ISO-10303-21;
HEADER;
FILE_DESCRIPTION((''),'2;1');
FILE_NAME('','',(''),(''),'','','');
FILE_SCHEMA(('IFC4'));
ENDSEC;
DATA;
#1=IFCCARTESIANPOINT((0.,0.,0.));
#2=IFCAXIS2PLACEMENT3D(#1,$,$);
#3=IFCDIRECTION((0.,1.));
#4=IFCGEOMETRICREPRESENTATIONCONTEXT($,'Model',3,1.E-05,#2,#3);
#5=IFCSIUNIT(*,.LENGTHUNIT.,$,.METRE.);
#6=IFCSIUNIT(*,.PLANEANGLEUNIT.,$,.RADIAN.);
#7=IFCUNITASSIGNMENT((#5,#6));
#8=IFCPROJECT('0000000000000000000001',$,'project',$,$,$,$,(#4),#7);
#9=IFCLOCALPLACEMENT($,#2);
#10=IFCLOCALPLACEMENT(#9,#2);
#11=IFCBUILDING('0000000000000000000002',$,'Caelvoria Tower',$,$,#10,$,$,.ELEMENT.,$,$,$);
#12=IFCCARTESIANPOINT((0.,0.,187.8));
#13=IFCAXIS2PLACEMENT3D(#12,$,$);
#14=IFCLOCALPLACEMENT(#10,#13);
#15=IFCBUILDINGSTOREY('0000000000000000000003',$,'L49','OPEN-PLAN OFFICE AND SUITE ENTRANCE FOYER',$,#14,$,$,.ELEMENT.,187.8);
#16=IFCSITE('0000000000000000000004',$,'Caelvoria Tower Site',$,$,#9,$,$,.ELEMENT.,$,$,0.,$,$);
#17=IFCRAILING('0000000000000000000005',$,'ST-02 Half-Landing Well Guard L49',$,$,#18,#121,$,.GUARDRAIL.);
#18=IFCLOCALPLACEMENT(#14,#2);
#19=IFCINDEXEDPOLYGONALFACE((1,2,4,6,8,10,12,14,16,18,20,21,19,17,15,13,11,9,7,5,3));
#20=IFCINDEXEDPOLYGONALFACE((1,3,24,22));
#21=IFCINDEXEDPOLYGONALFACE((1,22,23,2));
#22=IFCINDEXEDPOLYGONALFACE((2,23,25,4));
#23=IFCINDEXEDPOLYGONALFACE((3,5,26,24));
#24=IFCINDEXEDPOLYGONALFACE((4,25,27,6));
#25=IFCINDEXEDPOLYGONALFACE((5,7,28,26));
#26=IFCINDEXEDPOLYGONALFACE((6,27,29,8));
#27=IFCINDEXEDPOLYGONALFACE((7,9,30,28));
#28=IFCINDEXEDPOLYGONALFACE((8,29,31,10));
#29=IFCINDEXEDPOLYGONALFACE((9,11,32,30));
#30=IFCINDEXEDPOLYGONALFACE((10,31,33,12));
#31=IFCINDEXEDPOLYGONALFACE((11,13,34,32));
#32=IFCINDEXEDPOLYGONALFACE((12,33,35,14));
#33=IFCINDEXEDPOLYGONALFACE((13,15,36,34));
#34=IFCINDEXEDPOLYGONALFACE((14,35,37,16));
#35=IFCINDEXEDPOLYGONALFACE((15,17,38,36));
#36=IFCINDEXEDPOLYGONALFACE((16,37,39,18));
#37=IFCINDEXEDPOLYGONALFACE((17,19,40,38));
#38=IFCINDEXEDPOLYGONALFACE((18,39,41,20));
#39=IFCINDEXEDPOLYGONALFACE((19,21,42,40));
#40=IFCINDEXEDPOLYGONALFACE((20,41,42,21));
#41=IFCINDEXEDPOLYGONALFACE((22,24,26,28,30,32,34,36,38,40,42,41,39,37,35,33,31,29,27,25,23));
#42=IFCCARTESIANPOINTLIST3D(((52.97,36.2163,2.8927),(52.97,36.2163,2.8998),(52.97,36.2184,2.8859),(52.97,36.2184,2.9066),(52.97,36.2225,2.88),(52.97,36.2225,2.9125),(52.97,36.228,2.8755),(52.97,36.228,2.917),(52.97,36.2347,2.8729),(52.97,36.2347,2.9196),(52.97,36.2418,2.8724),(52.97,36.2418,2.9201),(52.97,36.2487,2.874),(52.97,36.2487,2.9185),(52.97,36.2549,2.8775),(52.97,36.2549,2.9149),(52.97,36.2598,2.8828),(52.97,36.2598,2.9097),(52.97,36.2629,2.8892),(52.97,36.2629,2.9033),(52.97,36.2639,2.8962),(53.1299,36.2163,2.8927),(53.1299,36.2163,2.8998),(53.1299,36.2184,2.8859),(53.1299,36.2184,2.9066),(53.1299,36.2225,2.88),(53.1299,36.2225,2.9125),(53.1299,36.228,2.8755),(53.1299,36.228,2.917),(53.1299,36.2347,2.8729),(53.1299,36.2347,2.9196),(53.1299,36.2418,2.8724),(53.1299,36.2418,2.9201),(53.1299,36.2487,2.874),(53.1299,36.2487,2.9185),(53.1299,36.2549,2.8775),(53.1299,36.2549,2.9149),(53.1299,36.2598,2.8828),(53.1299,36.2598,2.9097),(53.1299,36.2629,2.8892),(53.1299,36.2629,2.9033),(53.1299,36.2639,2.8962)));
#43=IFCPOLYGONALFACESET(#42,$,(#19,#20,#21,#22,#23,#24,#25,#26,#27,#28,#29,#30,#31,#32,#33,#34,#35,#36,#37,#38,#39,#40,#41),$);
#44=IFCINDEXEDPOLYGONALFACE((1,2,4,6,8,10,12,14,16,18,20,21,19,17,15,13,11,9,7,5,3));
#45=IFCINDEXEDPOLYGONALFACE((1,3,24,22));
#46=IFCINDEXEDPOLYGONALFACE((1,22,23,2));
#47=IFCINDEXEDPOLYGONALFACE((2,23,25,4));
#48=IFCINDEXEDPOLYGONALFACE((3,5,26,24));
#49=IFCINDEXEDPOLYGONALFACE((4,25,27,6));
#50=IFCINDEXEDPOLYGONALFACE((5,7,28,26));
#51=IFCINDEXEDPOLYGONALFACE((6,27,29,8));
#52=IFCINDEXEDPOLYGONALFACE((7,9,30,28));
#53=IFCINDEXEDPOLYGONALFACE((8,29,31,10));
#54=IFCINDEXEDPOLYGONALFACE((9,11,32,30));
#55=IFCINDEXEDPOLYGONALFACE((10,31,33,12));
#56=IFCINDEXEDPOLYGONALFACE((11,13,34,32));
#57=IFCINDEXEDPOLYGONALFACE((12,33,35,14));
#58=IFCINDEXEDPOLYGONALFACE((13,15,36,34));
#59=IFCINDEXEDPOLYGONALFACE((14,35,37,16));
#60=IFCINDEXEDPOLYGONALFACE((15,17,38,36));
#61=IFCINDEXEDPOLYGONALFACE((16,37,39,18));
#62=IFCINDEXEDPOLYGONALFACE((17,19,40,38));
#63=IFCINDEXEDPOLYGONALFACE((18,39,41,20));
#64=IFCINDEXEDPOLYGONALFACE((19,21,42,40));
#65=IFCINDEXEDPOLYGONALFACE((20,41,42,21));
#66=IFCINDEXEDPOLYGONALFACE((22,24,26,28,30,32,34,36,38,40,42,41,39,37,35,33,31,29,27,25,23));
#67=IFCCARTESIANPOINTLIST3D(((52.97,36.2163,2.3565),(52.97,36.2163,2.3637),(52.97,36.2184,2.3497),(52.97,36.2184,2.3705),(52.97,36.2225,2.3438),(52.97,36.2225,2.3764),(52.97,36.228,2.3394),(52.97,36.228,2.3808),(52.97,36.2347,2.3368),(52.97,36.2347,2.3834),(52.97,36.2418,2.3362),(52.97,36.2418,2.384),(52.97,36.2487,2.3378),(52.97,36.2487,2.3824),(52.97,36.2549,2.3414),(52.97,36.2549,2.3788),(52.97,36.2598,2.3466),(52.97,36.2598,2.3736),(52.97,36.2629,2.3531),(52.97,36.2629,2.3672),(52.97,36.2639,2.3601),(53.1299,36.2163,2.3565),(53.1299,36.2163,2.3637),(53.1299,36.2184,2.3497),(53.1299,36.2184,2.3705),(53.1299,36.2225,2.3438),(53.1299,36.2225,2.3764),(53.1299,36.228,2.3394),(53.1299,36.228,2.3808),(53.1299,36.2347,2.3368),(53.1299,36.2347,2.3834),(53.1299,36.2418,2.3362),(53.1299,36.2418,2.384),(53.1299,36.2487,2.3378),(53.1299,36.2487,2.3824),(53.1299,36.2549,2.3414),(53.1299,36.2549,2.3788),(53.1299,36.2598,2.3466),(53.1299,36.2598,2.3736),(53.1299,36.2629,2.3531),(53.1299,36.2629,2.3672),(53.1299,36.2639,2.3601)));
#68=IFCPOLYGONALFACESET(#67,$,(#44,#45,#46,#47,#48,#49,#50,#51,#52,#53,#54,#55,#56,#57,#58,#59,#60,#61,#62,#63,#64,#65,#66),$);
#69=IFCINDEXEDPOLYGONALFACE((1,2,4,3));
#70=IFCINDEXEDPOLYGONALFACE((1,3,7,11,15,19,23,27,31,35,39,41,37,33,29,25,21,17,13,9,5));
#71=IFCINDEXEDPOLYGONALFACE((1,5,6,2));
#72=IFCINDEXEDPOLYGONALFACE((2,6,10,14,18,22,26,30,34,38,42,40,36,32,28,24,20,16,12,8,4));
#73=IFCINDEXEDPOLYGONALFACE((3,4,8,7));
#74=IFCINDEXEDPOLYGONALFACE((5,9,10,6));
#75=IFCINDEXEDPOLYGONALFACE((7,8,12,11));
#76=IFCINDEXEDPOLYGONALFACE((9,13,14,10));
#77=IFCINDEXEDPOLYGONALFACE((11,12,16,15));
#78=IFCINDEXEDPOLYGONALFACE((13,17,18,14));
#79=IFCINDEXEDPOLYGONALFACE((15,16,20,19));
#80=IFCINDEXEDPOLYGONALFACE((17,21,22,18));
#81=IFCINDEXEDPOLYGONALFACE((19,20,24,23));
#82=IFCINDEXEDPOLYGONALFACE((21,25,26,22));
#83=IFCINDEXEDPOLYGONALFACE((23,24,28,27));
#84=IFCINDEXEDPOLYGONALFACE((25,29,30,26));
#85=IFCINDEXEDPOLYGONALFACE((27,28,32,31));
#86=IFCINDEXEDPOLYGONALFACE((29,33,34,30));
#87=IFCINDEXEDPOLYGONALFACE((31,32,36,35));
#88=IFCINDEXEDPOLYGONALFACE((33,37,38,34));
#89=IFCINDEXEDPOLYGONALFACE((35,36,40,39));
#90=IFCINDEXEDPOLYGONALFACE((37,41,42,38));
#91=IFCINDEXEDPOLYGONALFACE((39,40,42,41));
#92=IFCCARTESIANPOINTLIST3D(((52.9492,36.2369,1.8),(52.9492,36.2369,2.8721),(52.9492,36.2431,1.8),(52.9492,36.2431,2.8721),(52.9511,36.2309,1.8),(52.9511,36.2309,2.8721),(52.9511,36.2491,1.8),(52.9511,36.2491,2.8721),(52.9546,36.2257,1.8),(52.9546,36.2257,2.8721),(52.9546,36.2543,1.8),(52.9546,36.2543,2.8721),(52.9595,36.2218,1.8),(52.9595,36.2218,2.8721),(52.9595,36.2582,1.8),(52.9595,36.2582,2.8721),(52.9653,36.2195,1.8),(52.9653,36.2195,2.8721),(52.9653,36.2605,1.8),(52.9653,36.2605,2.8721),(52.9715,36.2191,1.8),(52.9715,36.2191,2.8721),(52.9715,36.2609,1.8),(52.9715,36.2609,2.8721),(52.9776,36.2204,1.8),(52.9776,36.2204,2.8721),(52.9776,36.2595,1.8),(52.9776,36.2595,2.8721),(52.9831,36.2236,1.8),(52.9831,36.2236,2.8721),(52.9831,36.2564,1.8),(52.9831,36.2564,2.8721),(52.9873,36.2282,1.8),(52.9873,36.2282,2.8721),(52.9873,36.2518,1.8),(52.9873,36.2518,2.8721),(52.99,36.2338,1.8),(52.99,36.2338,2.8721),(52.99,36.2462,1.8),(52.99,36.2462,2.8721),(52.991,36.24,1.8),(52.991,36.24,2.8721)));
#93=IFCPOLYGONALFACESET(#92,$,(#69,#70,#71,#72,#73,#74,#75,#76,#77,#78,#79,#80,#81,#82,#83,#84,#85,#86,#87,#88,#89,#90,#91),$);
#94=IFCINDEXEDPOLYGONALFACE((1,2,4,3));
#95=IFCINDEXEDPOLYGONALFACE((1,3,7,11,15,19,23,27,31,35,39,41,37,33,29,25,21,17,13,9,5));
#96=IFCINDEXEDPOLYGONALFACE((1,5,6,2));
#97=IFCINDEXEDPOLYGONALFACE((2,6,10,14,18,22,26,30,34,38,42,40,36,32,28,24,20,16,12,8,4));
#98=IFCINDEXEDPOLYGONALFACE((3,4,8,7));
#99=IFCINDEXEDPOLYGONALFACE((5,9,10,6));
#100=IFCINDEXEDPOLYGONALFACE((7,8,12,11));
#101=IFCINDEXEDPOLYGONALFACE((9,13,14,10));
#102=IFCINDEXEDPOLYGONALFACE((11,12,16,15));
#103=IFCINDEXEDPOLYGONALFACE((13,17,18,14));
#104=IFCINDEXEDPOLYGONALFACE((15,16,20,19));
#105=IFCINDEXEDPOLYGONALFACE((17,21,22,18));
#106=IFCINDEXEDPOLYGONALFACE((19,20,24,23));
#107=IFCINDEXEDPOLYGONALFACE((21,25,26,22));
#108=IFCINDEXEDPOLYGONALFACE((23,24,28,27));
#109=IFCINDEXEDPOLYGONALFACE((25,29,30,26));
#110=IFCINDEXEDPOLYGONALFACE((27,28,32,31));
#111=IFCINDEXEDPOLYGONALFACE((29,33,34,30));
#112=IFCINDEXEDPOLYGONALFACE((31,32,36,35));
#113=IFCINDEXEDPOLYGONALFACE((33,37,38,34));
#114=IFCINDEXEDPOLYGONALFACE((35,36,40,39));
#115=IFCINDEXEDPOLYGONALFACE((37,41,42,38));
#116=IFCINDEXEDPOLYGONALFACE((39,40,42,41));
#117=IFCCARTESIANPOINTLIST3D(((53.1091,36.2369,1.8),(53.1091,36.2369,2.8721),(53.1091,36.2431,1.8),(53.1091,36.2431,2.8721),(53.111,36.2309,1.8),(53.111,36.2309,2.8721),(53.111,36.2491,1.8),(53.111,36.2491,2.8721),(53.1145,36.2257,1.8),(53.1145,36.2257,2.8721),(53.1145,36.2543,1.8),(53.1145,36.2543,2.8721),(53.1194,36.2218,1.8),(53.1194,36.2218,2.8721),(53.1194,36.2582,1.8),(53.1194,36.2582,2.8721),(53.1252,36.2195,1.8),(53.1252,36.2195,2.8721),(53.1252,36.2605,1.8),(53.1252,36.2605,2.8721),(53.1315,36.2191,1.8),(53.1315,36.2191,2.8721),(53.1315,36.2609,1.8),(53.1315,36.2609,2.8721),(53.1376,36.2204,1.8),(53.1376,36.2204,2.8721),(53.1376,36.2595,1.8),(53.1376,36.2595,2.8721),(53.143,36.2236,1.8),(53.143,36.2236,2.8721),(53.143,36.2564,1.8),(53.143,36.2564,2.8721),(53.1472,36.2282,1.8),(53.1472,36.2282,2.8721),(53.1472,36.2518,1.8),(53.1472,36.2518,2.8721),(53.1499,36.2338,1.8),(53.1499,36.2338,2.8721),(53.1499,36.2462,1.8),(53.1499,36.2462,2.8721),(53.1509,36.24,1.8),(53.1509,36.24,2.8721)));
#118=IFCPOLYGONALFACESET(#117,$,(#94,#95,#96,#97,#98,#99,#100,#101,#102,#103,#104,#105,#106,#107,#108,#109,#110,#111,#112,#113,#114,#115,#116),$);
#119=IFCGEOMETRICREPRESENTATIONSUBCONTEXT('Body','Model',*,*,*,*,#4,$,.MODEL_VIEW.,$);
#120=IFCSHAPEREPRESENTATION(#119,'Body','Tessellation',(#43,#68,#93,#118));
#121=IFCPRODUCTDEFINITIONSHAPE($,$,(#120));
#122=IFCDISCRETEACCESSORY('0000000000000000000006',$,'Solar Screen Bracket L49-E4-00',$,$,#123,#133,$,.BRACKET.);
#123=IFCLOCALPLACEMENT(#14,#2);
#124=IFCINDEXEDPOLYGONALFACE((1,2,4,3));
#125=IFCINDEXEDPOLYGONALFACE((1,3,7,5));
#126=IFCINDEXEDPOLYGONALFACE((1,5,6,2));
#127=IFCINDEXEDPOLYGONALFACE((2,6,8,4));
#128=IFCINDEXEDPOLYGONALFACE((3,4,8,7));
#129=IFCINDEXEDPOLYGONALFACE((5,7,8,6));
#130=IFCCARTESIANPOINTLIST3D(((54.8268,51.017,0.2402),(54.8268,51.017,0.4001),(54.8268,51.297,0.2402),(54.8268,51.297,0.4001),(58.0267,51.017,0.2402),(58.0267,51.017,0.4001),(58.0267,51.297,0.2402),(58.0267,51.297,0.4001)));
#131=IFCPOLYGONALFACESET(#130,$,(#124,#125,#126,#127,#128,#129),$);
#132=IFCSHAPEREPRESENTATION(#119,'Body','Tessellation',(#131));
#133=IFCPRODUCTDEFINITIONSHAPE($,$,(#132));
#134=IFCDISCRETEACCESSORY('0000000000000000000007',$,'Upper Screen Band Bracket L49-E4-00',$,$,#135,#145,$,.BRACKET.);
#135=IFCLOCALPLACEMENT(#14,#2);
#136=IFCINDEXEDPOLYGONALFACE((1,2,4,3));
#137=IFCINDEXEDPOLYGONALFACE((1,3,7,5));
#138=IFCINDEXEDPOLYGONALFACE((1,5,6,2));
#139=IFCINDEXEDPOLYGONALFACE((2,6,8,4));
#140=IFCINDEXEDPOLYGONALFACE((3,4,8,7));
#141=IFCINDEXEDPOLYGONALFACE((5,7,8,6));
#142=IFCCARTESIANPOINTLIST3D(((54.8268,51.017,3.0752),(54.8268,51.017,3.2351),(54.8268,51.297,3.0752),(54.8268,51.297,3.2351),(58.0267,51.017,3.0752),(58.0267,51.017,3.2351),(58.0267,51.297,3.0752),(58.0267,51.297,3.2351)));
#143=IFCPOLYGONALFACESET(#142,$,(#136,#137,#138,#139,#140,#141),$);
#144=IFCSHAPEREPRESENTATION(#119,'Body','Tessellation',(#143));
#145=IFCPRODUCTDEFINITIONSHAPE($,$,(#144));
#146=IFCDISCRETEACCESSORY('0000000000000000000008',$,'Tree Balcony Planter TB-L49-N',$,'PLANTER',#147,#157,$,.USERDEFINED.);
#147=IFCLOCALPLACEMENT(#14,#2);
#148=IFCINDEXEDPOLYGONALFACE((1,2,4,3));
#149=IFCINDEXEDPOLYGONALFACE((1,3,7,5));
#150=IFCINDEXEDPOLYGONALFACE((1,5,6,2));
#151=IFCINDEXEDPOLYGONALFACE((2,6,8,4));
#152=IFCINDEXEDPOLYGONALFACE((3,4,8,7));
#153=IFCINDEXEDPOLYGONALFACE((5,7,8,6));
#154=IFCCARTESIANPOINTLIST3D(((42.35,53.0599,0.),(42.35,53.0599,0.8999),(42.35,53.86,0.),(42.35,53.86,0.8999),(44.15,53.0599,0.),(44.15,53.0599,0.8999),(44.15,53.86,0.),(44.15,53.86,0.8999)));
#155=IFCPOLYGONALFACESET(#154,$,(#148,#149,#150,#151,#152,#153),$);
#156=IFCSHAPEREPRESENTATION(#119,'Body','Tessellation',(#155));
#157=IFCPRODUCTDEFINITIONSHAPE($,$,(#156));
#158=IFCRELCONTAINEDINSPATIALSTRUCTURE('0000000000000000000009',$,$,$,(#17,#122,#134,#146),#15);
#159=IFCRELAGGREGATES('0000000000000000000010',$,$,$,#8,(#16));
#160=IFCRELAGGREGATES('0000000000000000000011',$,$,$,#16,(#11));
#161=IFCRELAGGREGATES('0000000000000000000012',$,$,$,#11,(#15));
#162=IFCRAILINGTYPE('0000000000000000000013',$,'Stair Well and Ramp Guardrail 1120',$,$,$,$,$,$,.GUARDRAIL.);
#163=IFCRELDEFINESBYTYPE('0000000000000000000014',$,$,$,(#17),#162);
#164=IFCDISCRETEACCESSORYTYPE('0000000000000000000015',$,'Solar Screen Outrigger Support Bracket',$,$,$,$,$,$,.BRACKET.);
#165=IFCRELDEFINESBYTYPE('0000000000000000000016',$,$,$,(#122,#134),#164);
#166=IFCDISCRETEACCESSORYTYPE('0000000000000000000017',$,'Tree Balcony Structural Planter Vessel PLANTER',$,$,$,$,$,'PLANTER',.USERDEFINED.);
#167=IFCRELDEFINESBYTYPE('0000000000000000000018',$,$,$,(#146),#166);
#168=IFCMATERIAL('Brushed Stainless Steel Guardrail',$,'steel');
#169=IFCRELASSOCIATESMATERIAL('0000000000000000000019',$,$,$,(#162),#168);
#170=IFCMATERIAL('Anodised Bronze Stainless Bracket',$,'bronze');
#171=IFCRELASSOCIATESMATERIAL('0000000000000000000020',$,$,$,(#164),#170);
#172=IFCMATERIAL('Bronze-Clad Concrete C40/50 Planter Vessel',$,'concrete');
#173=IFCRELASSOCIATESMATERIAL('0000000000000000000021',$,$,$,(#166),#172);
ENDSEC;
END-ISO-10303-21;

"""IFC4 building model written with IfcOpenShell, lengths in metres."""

from ifc_helpers import new_model, si_unit, direction, frame, origin, origin_2d, place, context, subcontext, project, spatial, rectangle, circle, extrude, material, type_object, element, save


model = new_model("IFC4")

# Units and contexts
model_context = context("Model", 3, precision=1e-05, world=origin(), true_north=direction((0.0, 1.0)))
body_context = subcontext(model_context, "Body", "Model", "MODEL_VIEW")
ifc_project = project(units=[si_unit("LENGTHUNIT", "METRE"), si_unit("PLANEANGLEUNIT", "RADIAN")], contexts=[model_context])

# Site, building, storey
site_placement = place(None, origin())
site = spatial("IfcSite", under=ifc_project, at=site_placement, Name="Caelvoria Tower Site", CompositionType="ELEMENT", RefElevation=0.0)
building_placement = place(site_placement, origin())
building = spatial("IfcBuilding", under=site, at=building_placement, Name="Caelvoria Tower", CompositionType="ELEMENT")
storey_placement = place(building_placement, frame((0.0, 0.0, 187.8)))
storey = spatial("IfcBuildingStorey", under=building, at=storey_placement, Name="L49", Description="OPEN-PLAN OFFICE AND SUITE ENTRANCE FOYER", CompositionType="ELEMENT", Elevation=187.8)

# Railing
ifc_material_1 = material(Name="Brushed Stainless Steel Guardrail", Category="steel")
railing_type_1 = type_object("IfcRailingType", Name="Stair Well and Ramp Guardrail 1120", PredefinedType="GUARDRAIL", material=ifc_material_1)
railing_1_placement = place(storey_placement, frame((52.97, 36.24, 1.8)))
element("IfcRailing", 1, at=railing_1_placement, inside=storey, type_object=railing_type_1, Name="ST-02 Half-Landing Well Guard L49", PredefinedType="GUARDRAIL", context=body_context, shape_type="SweptSolid", body=[
    extrude(circle(Radius=0.0239, at=origin_2d()), frame((0.0, 0.0, 1.0962), z_axis=(1.0, 0.0, 0.0), x_axis=(0.0, 1.0, 0.0)), (0.0, 0.0, 1.0), 0.1599),
    extrude(circle(Radius=0.0239, at=origin_2d()), frame((0.0, 0.0, 0.5601), z_axis=(1.0, 0.0, 0.0), x_axis=(0.0, 1.0, 0.0)), (0.0, 0.0, 1.0), 0.1599),
    extrude(circle(Radius=0.021, at=origin_2d()), origin(), (0.0, 0.0, 1.0), 1.072),
    extrude(circle(Radius=0.021, at=origin_2d()), frame((0.1599, 0.0, 0.0)), (0.0, 0.0, 1.0), 1.072),
])

# Discrete accessories
ifc_material_2 = material(Name="Anodised Bronze Stainless Bracket", Category="bronze")
discrete_accessory_type_1 = type_object("IfcDiscreteAccessoryType", Name="Solar Screen Outrigger Support Bracket", PredefinedType="BRACKET", material=ifc_material_2)
for number, where, z_axis, x_axis, name in (
    (2, (56.4268, 51.157, 0.2402), (0.0, 0.0, 1.0), (-1.0, 0.0, 0.0), "Solar Screen Bracket L49-E4-00"),
    (3, (56.4268, 51.157, 3.0752), (0.0, 0.0, 1.0), (-1.0, 0.0, 0.0), "Upper Screen Band Bracket L49-E4-00"),
):
    element("IfcDiscreteAccessory", number, at=place(storey_placement, frame(where, z_axis=z_axis, x_axis=x_axis)), inside=storey, type_object=discrete_accessory_type_1, Name=name, PredefinedType="BRACKET", context=body_context, shape_type="SweptSolid", body=[
        extrude(rectangle(XDim=3.2, YDim=0.28, at=origin_2d()), origin(), (0.0, 0.0, 1.0), 0.1599),
    ])
ifc_material_3 = material(Name="Bronze-Clad Concrete C40/50 Planter Vessel", Category="concrete")
discrete_accessory_type_2 = type_object("IfcDiscreteAccessoryType", Name="Tree Balcony Structural Planter Vessel PLANTER", ElementType="PLANTER", PredefinedType="USERDEFINED", material=ifc_material_3)
discrete_accessory_placement = place(storey_placement, frame((43.25, 53.46, 0.0), z_axis=(0.0, 0.0, 1.0), x_axis=(1.0, 0.0, 0.0)))
element("IfcDiscreteAccessory", 4, at=discrete_accessory_placement, inside=storey, type_object=discrete_accessory_type_2, Name="Tree Balcony Planter TB-L49-N", ObjectType="PLANTER", PredefinedType="USERDEFINED", context=body_context, shape_type="SweptSolid", body=[
    extrude(rectangle(XDim=1.8, YDim=0.8, at=origin_2d()), origin(), (0.0, 0.0, 1.0), 0.8999),
])

save(model, "model.ifc")
